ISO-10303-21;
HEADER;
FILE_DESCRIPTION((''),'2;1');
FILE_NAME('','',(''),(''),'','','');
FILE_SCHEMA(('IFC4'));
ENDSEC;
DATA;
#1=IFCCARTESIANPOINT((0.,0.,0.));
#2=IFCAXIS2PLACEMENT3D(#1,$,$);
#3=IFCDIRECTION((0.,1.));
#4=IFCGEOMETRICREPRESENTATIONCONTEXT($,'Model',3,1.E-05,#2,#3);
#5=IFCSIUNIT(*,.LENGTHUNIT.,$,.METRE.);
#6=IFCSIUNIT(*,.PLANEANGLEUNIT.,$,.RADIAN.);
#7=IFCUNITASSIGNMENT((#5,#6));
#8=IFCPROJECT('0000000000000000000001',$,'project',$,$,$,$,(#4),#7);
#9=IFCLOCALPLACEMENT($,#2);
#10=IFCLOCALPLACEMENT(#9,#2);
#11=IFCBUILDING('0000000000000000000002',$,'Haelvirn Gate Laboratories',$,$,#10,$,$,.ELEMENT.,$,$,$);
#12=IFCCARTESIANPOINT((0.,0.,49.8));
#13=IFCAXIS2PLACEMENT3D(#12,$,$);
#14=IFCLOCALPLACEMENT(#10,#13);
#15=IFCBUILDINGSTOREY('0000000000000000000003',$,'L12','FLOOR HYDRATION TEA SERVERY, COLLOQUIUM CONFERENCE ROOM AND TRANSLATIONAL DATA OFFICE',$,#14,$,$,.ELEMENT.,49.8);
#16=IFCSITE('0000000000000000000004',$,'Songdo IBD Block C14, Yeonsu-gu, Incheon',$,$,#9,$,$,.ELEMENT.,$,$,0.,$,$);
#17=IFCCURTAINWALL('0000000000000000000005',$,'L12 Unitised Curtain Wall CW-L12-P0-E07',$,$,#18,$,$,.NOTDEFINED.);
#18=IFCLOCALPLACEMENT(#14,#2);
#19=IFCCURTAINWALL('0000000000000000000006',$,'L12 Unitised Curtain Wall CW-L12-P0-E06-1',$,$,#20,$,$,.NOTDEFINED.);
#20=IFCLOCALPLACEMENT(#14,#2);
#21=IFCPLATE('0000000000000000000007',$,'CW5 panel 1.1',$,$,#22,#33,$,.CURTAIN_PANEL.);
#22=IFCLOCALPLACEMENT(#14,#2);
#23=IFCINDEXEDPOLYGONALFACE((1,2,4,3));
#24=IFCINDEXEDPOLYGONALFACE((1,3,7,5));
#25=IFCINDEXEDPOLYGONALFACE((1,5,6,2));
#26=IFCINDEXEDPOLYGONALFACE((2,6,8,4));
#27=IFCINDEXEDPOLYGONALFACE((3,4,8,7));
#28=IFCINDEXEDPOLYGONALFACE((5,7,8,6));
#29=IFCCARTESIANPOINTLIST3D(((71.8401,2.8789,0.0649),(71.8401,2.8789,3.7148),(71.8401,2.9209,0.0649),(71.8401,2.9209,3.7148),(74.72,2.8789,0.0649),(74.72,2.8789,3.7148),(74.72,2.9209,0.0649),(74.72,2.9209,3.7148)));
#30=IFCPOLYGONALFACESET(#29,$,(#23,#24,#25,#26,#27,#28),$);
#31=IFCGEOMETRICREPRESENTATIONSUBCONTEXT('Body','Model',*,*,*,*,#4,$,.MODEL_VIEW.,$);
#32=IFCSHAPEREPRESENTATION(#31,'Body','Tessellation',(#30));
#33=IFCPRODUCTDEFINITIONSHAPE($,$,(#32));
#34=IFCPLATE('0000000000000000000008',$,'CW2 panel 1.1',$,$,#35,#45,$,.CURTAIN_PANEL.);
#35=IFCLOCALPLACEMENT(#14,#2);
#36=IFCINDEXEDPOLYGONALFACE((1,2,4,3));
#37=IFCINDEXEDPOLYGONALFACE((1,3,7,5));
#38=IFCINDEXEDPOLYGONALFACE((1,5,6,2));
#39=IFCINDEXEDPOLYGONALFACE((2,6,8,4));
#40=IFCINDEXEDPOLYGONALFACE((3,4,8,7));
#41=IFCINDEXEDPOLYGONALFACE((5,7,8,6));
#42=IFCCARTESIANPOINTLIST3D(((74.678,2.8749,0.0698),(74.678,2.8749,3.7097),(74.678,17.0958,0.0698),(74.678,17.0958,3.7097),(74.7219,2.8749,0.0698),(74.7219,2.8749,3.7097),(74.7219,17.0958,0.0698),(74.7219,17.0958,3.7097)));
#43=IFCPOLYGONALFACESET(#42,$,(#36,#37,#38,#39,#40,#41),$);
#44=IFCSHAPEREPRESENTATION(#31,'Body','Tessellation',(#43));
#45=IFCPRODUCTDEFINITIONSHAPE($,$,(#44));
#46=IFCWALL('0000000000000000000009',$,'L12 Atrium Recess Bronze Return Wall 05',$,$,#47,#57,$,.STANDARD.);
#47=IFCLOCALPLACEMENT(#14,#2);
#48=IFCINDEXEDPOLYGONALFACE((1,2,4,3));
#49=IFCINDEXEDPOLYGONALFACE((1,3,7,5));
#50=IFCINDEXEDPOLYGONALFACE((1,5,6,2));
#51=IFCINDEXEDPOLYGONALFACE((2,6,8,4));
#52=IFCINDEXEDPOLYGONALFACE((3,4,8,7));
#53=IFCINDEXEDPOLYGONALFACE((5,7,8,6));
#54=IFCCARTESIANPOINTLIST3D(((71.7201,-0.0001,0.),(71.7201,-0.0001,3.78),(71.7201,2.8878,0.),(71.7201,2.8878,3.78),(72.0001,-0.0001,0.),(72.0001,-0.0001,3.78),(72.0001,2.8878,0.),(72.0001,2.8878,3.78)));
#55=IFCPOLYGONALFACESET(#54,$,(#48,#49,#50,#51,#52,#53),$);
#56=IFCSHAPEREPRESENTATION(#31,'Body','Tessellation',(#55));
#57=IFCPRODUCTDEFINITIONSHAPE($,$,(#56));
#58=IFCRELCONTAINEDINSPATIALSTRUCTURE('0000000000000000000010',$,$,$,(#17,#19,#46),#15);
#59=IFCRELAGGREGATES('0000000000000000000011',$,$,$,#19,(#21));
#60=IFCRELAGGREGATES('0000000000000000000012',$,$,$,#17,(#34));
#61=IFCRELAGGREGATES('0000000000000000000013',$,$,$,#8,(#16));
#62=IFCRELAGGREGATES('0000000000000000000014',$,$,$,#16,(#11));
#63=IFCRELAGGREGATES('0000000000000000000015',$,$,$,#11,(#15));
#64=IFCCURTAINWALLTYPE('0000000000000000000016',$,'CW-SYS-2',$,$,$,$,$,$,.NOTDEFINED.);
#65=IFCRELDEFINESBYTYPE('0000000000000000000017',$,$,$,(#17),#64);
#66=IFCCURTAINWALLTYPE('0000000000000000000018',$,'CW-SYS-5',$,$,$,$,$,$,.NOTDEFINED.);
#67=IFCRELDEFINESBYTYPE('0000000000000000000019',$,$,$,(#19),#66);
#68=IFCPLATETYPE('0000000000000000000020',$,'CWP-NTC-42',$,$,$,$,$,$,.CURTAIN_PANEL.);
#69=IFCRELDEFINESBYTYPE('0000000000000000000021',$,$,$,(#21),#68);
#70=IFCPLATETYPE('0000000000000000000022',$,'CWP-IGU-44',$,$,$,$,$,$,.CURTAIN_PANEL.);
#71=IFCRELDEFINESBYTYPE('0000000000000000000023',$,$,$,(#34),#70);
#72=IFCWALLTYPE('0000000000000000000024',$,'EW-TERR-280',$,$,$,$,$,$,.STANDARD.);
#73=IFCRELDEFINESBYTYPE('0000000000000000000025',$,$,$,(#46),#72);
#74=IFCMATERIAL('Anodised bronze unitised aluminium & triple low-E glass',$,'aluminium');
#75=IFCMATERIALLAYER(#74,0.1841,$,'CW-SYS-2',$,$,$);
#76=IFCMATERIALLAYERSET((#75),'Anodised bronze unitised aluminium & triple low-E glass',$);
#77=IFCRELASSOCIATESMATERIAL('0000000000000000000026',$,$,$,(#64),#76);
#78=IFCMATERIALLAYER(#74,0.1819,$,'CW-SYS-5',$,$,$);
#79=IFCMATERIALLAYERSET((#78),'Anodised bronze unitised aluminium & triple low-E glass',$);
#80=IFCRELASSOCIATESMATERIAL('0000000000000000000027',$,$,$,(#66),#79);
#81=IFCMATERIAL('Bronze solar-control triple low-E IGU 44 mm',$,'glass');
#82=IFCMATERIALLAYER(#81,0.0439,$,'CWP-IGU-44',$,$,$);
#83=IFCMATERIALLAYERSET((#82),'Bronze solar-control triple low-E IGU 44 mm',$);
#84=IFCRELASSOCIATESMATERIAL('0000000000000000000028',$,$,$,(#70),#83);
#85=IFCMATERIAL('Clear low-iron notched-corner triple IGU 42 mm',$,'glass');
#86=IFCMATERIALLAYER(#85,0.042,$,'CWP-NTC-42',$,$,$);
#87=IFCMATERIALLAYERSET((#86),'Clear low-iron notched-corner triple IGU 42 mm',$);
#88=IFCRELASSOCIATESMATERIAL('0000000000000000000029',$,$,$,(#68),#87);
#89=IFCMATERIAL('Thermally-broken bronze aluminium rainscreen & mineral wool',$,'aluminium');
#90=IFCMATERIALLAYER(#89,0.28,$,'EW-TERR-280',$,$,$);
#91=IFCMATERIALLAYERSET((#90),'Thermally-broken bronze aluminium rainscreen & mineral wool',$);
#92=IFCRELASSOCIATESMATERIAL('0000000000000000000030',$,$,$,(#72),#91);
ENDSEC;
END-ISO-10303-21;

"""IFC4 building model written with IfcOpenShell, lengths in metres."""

from ifc_helpers import new_model, si_unit, direction, frame, frame_2d, origin, origin_2d, place, context, subcontext, project, spatial, rectangle, extrude, source, transform, mapped, material, layer, layer_set, type_object, type_shapes, element, aggregate, save


model = new_model("IFC4")

# Units and contexts
model_context = context("Model", 3, precision=1e-05, world=origin(), true_north=direction((0.0, 1.0)))
body_context = subcontext(model_context, "Body", "Model", "MODEL_VIEW")
ifc_project = project(units=[si_unit("LENGTHUNIT", "METRE"), si_unit("PLANEANGLEUNIT", "RADIAN")], contexts=[model_context])

# Site, building, storey
site_placement = place(None, origin())
site = spatial("IfcSite", under=ifc_project, at=site_placement, Name="Songdo IBD Block C14, Yeonsu-gu, Incheon", CompositionType="ELEMENT", RefElevation=0.0)
building_placement = place(site_placement, origin())
building = spatial("IfcBuilding", under=site, at=building_placement, Name="Haelvirn Gate Laboratories", CompositionType="ELEMENT")
storey_placement = place(building_placement, frame((0.0, 0.0, 49.8)))
storey = spatial("IfcBuildingStorey", under=building, at=storey_placement, Name="L12", Description="FLOOR HYDRATION TEA SERVERY, COLLOQUIUM CONFERENCE ROOM AND TRANSLATIONAL DATA OFFICE", CompositionType="ELEMENT", Elevation=49.8)

# Shared definitions
ifc_material_1 = material(Name="Anodised bronze unitised aluminium & triple low-E glass", Category="aluminium")
ifc_layer_1 = layer(ifc_material_1, 0.1841, Name="CW-SYS-2")
ifc_layer_set_1 = layer_set([ifc_layer_1], Name="Anodised bronze unitised aluminium & triple low-E glass")
curtain_wall_type_1 = type_object("IfcCurtainWallType", Name="CW-SYS-2", PredefinedType="NOTDEFINED", material=ifc_layer_set_1)

# Curtain wall
curtain_wall_1_placement = place(storey_placement, origin())
curtain_wall_1 = element("IfcCurtainWall", 1, at=curtain_wall_1_placement, inside=storey, type_object=curtain_wall_type_1, Name="L12 Unitised Curtain Wall CW-L12-P0-E07", PredefinedType="NOTDEFINED")

# Curtain wall
ifc_layer_2 = layer(ifc_material_1, 0.1819, Name="CW-SYS-5")
ifc_layer_set_2 = layer_set([ifc_layer_2], Name="Anodised bronze unitised aluminium & triple low-E glass")
curtain_wall_type_2 = type_object("IfcCurtainWallType", Name="CW-SYS-5", PredefinedType="NOTDEFINED", material=ifc_layer_set_2)
curtain_wall_2_placement = place(storey_placement, origin())
curtain_wall_2 = element("IfcCurtainWall", 2, at=curtain_wall_2_placement, inside=storey, type_object=curtain_wall_type_2, Name="L12 Unitised Curtain Wall CW-L12-P0-E06-1", PredefinedType="NOTDEFINED")

# Plates
ifc_material_2 = material(Name="Bronze solar-control triple low-E IGU 44 mm", Category="glass")
ifc_layer_3 = layer(ifc_material_2, 0.0439, Name="CWP-IGU-44")
ifc_layer_set_3 = layer_set([ifc_layer_3], Name="Bronze solar-control triple low-E IGU 44 mm")
plate_type_1 = type_object("IfcPlateType", Name="CWP-IGU-44", PredefinedType="CURTAIN_PANEL", material=ifc_layer_set_3)
ifc_material_3 = material(Name="Clear low-iron notched-corner triple IGU 42 mm", Category="glass")
ifc_layer_4 = layer(ifc_material_3, 0.042, Name="CWP-NTC-42")
ifc_layer_set_4 = layer_set([ifc_layer_4], Name="Clear low-iron notched-corner triple IGU 42 mm")
plate_type_2 = type_object("IfcPlateType", Name="CWP-NTC-42", PredefinedType="CURTAIN_PANEL", material=ifc_layer_set_4)
shared_shape_1 = source(origin(), body_context, "Body", "SweptSolid", [
    extrude(rectangle(XDim=2.8799, YDim=0.042, at=origin_2d()), origin(), (0.0, 0.0, 1.0), 3.6499),
])
type_shapes(plate_type_2, [shared_shape_1])
plate_1_placement = place(storey_placement, frame((73.28, 2.8999, 0.0649), z_axis=(0.0, 0.0, 1.0), x_axis=(1.0, 0.0, 0.0)))
plate_1 = element("IfcPlate", 3, at=plate_1_placement, type_object=plate_type_2, Name="CW5 panel 1.1", PredefinedType="CURTAIN_PANEL", context=body_context, shape_type="MappedRepresentation", body=[
    mapped(shared_shape_1, transform((0.0, 0.0, 0.0), scale=1.0)),
])
aggregate(curtain_wall_2, [plate_1])
shared_shape_2 = source(origin(), body_context, "Body", "SweptSolid", [
    extrude(rectangle(XDim=14.2209, YDim=0.0439, at=origin_2d()), origin(), (0.0, 0.0, 1.0), 3.6399),
])
plate_2_placement = place(storey_placement, frame((74.7, 9.9854, 0.0698), z_axis=(0.0, 0.0, 1.0), x_axis=(0.0, 1.0, 0.0)))
plate_2 = element("IfcPlate", 4, at=plate_2_placement, type_object=plate_type_1, Name="CW2 panel 1.1", PredefinedType="CURTAIN_PANEL", context=body_context, shape_type="MappedRepresentation", body=[
    mapped(shared_shape_2, transform((0.0, 0.0, 0.0), scale=1.0)),
])
aggregate(curtain_wall_1, [plate_2])

# Wall
ifc_material_4 = material(Name="Thermally-broken bronze aluminium rainscreen & mineral wool", Category="aluminium")
ifc_layer_5 = layer(ifc_material_4, 0.28, Name="EW-TERR-280")
ifc_layer_set_5 = layer_set([ifc_layer_5], Name="Thermally-broken bronze aluminium rainscreen & mineral wool")
wall_type = type_object("IfcWallType", Name="EW-TERR-280", PredefinedType="STANDARD", material=ifc_layer_set_5)
wall_placement = place(storey_placement, frame((71.8601, 0.0, 0.0), z_axis=(0.0, 0.0, 1.0), x_axis=(0.0, 1.0, 0.0)))
element("IfcWall", 5, at=wall_placement, inside=storey, type_object=wall_type, Name="L12 Atrium Recess Bronze Return Wall 05", PredefinedType="STANDARD", context=body_context, shape_type="SweptSolid", body=[
    extrude(rectangle(XDim=2.8879, YDim=0.28, at=frame_2d((1.4438, 0.0))), origin(), (0.0, 0.0, 1.0), 3.78),
])

save(model, "model.ifc")
